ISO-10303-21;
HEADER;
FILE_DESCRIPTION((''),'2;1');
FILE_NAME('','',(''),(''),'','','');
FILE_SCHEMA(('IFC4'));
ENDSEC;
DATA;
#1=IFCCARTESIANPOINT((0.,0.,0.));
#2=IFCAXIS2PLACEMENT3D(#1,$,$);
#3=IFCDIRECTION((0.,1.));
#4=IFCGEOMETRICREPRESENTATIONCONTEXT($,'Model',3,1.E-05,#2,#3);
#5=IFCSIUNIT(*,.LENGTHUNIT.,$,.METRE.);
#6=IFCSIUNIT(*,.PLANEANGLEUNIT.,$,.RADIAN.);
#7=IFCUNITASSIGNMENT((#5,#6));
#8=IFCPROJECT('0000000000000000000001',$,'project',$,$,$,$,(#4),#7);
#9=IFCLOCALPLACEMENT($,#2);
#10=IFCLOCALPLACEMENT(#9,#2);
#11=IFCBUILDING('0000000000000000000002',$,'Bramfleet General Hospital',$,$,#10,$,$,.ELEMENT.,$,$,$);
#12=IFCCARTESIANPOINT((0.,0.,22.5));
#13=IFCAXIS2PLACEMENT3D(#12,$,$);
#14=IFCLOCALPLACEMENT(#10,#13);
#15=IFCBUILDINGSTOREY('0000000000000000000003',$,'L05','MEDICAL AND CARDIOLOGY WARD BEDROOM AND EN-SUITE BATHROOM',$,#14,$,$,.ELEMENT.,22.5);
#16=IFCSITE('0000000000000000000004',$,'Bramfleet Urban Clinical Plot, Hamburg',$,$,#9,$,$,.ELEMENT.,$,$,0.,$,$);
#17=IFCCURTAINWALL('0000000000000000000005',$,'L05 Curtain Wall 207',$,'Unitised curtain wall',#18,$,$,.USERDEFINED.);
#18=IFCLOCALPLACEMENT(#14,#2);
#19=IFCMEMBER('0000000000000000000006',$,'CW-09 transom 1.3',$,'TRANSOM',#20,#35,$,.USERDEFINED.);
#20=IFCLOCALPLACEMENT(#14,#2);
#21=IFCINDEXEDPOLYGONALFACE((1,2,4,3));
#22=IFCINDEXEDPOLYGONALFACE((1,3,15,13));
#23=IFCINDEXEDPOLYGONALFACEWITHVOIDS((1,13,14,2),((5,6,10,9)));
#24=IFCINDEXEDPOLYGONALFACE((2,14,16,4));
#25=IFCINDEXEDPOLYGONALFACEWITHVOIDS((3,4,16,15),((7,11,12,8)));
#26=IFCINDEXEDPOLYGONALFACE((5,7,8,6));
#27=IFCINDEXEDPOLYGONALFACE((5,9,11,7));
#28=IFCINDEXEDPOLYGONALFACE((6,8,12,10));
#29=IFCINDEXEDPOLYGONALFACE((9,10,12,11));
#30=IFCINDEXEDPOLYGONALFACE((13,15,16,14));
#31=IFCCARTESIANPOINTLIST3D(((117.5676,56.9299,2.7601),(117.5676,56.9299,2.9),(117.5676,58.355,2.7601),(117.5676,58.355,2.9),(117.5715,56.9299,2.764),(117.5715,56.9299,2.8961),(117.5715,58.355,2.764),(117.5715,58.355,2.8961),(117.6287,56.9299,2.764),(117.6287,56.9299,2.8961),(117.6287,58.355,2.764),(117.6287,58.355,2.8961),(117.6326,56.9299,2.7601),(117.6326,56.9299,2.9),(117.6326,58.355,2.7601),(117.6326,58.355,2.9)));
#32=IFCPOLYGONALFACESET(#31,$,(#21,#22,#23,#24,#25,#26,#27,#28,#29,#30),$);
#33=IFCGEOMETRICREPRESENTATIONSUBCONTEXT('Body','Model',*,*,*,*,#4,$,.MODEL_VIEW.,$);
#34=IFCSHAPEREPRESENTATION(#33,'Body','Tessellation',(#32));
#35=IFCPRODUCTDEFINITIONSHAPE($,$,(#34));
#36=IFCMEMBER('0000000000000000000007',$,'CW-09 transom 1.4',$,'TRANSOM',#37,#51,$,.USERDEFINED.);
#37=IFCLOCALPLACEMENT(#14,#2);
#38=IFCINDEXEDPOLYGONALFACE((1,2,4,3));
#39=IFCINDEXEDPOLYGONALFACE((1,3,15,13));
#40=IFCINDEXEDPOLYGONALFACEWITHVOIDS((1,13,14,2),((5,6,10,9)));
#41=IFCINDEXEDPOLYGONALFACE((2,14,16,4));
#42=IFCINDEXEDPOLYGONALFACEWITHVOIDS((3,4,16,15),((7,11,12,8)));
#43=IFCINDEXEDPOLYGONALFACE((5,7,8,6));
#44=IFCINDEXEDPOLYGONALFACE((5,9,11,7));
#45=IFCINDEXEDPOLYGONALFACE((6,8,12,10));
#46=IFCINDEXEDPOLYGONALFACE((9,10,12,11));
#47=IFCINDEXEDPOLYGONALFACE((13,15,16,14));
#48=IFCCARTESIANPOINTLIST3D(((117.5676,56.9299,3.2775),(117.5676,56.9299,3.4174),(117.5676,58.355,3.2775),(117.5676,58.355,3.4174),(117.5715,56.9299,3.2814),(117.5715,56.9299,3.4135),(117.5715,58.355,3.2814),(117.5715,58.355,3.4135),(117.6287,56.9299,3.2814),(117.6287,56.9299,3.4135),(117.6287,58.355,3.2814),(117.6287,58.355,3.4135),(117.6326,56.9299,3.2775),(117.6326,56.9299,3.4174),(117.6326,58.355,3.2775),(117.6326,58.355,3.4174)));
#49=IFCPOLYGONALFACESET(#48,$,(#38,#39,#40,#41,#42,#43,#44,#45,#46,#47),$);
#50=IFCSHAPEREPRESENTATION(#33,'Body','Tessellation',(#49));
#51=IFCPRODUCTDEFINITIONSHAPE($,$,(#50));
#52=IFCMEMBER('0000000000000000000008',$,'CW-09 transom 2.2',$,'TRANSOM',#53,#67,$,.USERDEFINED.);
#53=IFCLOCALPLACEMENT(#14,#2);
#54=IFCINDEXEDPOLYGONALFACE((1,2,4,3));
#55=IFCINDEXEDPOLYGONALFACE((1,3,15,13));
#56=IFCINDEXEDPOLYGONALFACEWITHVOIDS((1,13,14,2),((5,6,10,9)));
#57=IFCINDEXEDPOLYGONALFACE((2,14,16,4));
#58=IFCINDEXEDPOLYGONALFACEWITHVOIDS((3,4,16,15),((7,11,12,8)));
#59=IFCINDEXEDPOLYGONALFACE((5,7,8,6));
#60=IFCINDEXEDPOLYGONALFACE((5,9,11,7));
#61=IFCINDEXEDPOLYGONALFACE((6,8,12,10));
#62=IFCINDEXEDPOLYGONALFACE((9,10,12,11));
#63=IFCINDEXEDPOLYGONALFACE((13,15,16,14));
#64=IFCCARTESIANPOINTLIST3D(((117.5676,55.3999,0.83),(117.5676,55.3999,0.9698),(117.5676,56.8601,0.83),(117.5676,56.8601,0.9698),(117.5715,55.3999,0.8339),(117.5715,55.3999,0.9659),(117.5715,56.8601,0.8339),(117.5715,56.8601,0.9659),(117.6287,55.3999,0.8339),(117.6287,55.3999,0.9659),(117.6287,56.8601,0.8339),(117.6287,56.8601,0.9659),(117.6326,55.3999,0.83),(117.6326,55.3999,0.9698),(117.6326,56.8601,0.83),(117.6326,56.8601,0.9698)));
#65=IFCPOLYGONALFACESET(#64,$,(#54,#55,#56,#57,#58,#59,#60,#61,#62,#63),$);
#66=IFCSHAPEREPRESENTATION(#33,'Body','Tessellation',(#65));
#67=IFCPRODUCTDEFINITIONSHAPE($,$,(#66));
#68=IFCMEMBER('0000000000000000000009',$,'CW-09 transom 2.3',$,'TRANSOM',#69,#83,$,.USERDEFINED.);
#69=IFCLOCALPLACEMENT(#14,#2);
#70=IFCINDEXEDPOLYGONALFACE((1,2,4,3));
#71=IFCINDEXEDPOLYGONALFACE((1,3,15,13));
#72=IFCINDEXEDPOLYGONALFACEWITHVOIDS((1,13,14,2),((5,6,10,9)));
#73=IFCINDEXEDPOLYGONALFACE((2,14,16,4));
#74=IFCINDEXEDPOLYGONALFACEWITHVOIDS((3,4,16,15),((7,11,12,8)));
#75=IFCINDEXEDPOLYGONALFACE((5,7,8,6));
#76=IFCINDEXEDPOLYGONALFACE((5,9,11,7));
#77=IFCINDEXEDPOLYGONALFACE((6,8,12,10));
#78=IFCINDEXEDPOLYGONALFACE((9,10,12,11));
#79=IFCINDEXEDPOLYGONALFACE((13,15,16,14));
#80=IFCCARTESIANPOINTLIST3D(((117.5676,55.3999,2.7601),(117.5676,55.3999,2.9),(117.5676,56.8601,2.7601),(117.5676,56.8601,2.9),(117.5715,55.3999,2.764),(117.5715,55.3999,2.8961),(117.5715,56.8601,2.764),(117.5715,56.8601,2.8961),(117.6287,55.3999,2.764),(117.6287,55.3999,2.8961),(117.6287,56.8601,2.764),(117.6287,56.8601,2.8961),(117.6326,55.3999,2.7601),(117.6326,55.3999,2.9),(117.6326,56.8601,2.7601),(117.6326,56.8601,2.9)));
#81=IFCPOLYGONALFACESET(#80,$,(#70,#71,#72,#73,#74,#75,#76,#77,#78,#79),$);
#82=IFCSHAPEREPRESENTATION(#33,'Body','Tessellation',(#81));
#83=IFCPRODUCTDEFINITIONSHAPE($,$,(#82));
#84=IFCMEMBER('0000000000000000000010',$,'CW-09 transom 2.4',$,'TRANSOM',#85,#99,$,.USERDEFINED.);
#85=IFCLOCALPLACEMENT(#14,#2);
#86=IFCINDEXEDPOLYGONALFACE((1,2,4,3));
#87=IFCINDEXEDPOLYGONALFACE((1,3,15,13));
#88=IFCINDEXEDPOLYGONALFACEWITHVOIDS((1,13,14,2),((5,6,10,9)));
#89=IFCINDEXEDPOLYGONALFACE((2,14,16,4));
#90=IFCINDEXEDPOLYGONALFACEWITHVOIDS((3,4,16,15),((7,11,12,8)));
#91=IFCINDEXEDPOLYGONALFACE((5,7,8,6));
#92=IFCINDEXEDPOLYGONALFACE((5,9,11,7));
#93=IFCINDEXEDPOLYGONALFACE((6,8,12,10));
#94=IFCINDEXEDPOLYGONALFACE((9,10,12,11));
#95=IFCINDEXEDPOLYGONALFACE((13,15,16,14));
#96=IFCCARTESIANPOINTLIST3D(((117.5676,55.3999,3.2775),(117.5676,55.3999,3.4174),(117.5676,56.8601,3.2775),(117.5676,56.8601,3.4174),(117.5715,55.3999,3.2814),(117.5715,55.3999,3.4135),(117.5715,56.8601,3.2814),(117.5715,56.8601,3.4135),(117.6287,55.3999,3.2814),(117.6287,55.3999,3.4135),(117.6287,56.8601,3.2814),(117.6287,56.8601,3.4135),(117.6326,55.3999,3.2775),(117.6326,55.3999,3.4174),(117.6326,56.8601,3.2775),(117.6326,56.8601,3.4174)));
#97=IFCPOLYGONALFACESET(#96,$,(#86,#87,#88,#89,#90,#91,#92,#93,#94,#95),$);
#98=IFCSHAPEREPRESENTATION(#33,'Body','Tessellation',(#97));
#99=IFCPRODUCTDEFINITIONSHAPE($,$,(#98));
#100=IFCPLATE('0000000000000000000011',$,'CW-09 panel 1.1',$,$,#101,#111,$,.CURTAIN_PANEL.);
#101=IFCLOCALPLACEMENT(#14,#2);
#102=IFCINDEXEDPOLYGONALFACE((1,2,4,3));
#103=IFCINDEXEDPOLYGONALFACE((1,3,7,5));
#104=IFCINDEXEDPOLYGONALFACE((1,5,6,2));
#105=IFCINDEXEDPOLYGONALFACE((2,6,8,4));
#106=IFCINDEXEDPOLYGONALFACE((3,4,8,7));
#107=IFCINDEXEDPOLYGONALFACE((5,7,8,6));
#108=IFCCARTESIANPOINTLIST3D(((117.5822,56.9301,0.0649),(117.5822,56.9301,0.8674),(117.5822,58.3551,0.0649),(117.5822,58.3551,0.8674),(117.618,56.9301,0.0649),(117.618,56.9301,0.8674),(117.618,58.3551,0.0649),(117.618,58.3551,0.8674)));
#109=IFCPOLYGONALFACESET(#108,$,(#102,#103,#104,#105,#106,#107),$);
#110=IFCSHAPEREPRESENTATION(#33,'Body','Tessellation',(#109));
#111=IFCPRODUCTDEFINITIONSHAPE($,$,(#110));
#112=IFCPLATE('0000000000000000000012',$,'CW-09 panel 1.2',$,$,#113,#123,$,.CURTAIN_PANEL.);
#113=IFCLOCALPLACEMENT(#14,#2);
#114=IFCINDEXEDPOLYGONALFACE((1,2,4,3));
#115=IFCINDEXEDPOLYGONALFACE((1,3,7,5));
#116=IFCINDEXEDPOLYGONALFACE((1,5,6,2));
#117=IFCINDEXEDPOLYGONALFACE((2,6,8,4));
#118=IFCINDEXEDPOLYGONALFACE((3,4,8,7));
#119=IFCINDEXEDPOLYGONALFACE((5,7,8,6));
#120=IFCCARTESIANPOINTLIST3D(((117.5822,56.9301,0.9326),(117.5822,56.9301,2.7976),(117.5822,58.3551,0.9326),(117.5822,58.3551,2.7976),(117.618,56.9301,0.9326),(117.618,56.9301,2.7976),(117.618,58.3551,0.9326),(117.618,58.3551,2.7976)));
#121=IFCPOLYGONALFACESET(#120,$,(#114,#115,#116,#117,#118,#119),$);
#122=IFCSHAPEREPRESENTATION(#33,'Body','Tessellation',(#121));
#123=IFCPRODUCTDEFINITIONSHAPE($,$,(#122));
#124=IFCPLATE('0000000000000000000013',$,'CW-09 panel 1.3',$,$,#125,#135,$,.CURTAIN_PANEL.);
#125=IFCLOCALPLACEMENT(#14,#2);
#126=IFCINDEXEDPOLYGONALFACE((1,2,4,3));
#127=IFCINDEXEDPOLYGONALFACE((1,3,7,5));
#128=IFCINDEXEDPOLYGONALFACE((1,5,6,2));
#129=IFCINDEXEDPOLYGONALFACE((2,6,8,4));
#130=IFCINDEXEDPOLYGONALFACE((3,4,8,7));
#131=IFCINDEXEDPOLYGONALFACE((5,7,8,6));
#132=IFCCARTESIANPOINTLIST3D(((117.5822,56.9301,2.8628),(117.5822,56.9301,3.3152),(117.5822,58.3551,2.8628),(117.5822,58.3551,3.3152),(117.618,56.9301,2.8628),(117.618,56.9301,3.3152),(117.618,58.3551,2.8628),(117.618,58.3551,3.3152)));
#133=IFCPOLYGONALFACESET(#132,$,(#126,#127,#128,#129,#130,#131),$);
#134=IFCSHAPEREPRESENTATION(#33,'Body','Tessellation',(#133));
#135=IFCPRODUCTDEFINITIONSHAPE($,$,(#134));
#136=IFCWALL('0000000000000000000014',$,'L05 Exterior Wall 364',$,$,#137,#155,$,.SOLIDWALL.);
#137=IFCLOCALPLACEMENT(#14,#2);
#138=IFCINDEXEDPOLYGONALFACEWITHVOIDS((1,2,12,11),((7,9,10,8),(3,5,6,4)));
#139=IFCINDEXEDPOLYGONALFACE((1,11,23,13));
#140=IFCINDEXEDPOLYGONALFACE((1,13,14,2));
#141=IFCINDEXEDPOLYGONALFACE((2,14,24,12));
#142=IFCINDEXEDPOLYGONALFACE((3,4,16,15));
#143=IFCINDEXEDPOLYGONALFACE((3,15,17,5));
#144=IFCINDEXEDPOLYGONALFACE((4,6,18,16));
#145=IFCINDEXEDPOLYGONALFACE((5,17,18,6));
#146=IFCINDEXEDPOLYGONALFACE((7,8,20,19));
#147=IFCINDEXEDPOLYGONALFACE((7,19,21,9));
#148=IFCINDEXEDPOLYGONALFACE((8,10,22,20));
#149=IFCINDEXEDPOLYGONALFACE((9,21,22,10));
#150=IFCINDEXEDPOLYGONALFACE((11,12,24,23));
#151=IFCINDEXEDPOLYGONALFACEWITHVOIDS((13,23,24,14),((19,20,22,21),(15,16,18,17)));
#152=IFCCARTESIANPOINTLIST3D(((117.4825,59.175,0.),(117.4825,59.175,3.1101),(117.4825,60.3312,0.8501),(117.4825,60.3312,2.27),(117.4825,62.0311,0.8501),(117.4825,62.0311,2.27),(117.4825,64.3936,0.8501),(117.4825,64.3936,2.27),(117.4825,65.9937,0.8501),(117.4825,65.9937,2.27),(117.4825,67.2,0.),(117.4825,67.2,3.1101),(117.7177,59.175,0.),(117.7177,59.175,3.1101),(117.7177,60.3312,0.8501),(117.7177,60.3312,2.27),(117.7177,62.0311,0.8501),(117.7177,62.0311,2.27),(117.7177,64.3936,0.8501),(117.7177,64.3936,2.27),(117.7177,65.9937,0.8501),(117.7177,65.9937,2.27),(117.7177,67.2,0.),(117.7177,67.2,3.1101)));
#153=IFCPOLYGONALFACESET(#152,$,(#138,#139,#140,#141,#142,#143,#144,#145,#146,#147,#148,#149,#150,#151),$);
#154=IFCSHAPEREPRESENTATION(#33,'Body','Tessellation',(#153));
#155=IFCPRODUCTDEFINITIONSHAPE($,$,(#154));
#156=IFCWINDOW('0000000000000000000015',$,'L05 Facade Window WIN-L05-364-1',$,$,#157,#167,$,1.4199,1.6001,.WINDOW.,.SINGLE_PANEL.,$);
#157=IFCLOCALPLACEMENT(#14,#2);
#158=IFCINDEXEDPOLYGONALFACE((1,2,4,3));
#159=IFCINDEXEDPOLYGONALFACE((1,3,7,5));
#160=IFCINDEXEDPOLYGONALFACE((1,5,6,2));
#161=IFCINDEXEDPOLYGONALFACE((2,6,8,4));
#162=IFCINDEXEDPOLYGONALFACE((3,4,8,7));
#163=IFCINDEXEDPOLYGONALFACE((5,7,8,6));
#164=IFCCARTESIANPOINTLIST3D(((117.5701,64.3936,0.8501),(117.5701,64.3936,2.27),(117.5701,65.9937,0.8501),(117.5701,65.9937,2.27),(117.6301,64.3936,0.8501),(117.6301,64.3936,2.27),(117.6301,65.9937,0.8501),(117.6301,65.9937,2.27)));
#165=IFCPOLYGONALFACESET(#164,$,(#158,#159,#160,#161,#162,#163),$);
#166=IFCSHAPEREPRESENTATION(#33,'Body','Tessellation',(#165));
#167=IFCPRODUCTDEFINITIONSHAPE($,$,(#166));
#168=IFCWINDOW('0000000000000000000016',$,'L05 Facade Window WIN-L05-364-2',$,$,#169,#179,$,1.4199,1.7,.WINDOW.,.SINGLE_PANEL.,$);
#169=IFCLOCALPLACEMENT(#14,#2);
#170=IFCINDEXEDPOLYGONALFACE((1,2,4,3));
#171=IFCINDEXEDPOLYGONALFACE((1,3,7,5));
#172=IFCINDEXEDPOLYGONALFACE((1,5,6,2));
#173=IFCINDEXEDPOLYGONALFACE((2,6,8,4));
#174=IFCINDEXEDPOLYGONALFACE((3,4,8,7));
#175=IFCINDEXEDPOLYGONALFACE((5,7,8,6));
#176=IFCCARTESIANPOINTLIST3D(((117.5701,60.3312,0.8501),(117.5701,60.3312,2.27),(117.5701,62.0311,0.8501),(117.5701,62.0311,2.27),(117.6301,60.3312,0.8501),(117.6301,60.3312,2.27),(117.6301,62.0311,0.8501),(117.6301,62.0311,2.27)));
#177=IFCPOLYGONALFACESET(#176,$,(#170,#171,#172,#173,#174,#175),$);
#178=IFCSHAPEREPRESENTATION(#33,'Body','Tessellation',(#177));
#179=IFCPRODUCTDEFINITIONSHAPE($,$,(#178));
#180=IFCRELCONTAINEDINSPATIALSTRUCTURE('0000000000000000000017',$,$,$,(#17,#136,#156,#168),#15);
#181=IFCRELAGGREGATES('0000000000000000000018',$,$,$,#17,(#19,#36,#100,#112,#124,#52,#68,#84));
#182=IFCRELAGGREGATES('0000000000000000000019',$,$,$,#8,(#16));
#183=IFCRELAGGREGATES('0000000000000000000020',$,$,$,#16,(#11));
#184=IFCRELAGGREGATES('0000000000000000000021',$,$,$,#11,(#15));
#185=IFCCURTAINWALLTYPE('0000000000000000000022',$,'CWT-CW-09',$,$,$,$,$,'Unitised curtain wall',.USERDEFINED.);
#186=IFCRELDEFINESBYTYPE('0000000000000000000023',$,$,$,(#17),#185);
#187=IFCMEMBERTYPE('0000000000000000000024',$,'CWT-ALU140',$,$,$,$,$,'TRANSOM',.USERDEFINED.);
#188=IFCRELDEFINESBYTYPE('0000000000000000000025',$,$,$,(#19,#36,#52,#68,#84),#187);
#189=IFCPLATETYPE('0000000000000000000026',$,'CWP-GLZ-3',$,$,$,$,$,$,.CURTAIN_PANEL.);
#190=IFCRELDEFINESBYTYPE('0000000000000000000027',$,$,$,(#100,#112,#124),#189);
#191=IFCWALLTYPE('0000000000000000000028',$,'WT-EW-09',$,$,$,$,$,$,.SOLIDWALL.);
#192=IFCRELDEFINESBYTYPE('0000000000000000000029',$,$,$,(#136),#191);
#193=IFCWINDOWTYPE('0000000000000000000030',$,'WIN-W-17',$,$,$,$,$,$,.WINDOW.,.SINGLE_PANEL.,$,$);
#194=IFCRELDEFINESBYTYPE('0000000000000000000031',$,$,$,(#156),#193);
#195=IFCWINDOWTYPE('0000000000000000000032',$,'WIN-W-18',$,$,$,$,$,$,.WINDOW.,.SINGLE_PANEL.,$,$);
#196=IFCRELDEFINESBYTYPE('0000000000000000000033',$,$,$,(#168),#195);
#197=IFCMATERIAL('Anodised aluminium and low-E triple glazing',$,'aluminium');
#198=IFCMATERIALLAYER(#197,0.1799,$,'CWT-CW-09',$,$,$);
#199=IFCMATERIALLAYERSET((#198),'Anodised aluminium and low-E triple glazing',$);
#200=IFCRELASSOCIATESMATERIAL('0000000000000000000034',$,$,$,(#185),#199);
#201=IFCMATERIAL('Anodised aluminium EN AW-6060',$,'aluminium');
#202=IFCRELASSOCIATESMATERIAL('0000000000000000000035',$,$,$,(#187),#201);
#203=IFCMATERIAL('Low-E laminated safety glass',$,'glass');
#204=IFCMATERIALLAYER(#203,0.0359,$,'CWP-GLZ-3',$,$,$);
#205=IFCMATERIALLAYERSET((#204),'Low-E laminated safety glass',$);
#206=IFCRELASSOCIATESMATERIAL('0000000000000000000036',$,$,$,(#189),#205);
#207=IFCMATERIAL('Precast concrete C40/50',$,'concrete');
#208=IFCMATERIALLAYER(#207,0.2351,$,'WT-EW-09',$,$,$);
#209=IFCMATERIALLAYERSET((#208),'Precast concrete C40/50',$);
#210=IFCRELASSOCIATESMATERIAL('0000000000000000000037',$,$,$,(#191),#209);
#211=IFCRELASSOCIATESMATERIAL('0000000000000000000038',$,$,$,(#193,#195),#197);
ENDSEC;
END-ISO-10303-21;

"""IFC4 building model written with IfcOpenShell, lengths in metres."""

from ifc_helpers import new_model, si_unit, direction, frame, frame_2d, origin, origin_2d, place, context, subcontext, project, spatial, rectangle, hollow_rectangle, extrude, material, layer, layer_set, material_profile, profile_set, type_object, element, fill, aggregate, save


model = new_model("IFC4")

# Units and contexts
model_context = context("Model", 3, precision=1e-05, world=origin(), true_north=direction((0.0, 1.0)))
body_context = subcontext(model_context, "Body", "Model", "MODEL_VIEW")
ifc_project = project(units=[si_unit("LENGTHUNIT", "METRE"), si_unit("PLANEANGLEUNIT", "RADIAN")], contexts=[model_context])

# Site, building, storey
site_placement = place(None, origin())
site = spatial("IfcSite", under=ifc_project, at=site_placement, Name="Bramfleet Urban Clinical Plot, Hamburg", CompositionType="ELEMENT", RefElevation=0.0)
building_placement = place(site_placement, origin())
building = spatial("IfcBuilding", under=site, at=building_placement, Name="Bramfleet General Hospital", CompositionType="ELEMENT")
storey_placement = place(building_placement, frame((0.0, 0.0, 22.5)))
storey = spatial("IfcBuildingStorey", under=building, at=storey_placement, Name="L05", Description="MEDICAL AND CARDIOLOGY WARD BEDROOM AND EN-SUITE BATHROOM", CompositionType="ELEMENT", Elevation=22.5)

# Curtain wall, members, plates
ifc_material_1 = material(Name="Anodised aluminium and low-E triple glazing", Category="aluminium")
ifc_layer_1 = layer(ifc_material_1, 0.1799, Name="CWT-CW-09")
ifc_layer_set_1 = layer_set([ifc_layer_1], Name="Anodised aluminium and low-E triple glazing")
curtain_wall_type = type_object("IfcCurtainWallType", Name="CWT-CW-09", ElementType="Unitised curtain wall", PredefinedType="USERDEFINED", material=ifc_layer_set_1)
curtain_wall_placement = place(storey_placement, origin())
curtain_wall = element("IfcCurtainWall", 1, at=curtain_wall_placement, inside=storey, type_object=curtain_wall_type, Name="L05 Curtain Wall 207", ObjectType="Unitised curtain wall", PredefinedType="USERDEFINED")
ifc_material_2 = material(Name="Anodised aluminium EN AW-6060", Category="aluminium")
ifc_material_profile_1 = material_profile(ifc_material_2, hollow_rectangle(XDim=0.0649, YDim=0.1399, WallThickness=0.0039, at=origin_2d()), Name="ALU 140x65x4.0")
ifc_profile_set_1 = profile_set([ifc_material_profile_1], Name="Anodised aluminium EN AW-6060")
member_type_1 = type_object("IfcMemberType", Name="CWT-ALU140", ElementType="TRANSOM", PredefinedType="USERDEFINED", material=ifc_profile_set_1)
member_1_placement = place(storey_placement, frame((117.6001, 58.355, 2.8301), z_axis=(0.0, -1.0, 0.0), x_axis=(1.0, 0.0, 0.0)))
member_1 = element("IfcMember", 2, at=member_1_placement, type_object=member_type_1, Name="CW-09 transom 1.3", ObjectType="TRANSOM", PredefinedType="USERDEFINED", context=body_context, shape_type="SweptSolid", body=[
    extrude(hollow_rectangle(XDim=0.0649, YDim=0.1399, WallThickness=0.0039, at=origin_2d()), origin(), (0.0, 0.0, 1.0), 1.425),
])
member_2_placement = place(storey_placement, frame((117.6001, 58.355, 3.3474), z_axis=(0.0, -1.0, 0.0), x_axis=(1.0, 0.0, 0.0)))
member_2 = element("IfcMember", 3, at=member_2_placement, type_object=member_type_1, Name="CW-09 transom 1.4", ObjectType="TRANSOM", PredefinedType="USERDEFINED", context=body_context, shape_type="SweptSolid", body=[
    extrude(hollow_rectangle(XDim=0.0649, YDim=0.1399, WallThickness=0.0039, at=origin_2d()), origin(), (0.0, 0.0, 1.0), 1.425),
])
member_3_placement = place(storey_placement, frame((117.6001, 56.8601, 0.8999), z_axis=(0.0, -1.0, 0.0), x_axis=(1.0, 0.0, 0.0)))
member_3 = element("IfcMember", 4, at=member_3_placement, type_object=member_type_1, Name="CW-09 transom 2.2", ObjectType="TRANSOM", PredefinedType="USERDEFINED", context=body_context, shape_type="SweptSolid", body=[
    extrude(hollow_rectangle(XDim=0.0649, YDim=0.1399, WallThickness=0.0039, at=origin_2d()), origin(), (0.0, 0.0, 1.0), 1.4602),
])
member_4_placement = place(storey_placement, frame((117.6001, 56.8601, 2.8301), z_axis=(0.0, -1.0, 0.0), x_axis=(1.0, 0.0, 0.0)))
member_4 = element("IfcMember", 5, at=member_4_placement, type_object=member_type_1, Name="CW-09 transom 2.3", ObjectType="TRANSOM", PredefinedType="USERDEFINED", context=body_context, shape_type="SweptSolid", body=[
    extrude(hollow_rectangle(XDim=0.0649, YDim=0.1399, WallThickness=0.0039, at=origin_2d()), origin(), (0.0, 0.0, 1.0), 1.4602),
])
member_5_placement = place(storey_placement, frame((117.6001, 56.8601, 3.3474), z_axis=(0.0, -1.0, 0.0), x_axis=(1.0, 0.0, 0.0)))
member_5 = element("IfcMember", 6, at=member_5_placement, type_object=member_type_1, Name="CW-09 transom 2.4", ObjectType="TRANSOM", PredefinedType="USERDEFINED", context=body_context, shape_type="SweptSolid", body=[
    extrude(hollow_rectangle(XDim=0.0649, YDim=0.1399, WallThickness=0.0039, at=origin_2d()), origin(), (0.0, 0.0, 1.0), 1.4602),
])
ifc_material_3 = material(Name="Low-E laminated safety glass", Category="glass")
ifc_layer_2 = layer(ifc_material_3, 0.0359, Name="CWP-GLZ-3")
ifc_layer_set_2 = layer_set([ifc_layer_2], Name="Low-E laminated safety glass")
plate_type = type_object("IfcPlateType", Name="CWP-GLZ-3", PredefinedType="CURTAIN_PANEL", material=ifc_layer_set_2)
plate_1_placement = place(storey_placement, frame((117.6001, 57.6426, 0.0649), z_axis=(0.0, 0.0, 1.0), x_axis=(0.0, -1.0, 0.0)))
plate_1 = element("IfcPlate", 7, at=plate_1_placement, type_object=plate_type, Name="CW-09 panel 1.1", PredefinedType="CURTAIN_PANEL", context=body_context, shape_type="SweptSolid", body=[
    extrude(rectangle(XDim=1.425, YDim=0.0359, at=origin_2d()), origin(), (0.0, 0.0, 1.0), 0.8025),
])
plate_2_placement = place(storey_placement, frame((117.6001, 57.6426, 0.9326), z_axis=(0.0, 0.0, 1.0), x_axis=(0.0, -1.0, 0.0)))
plate_2 = element("IfcPlate", 8, at=plate_2_placement, type_object=plate_type, Name="CW-09 panel 1.2", PredefinedType="CURTAIN_PANEL", context=body_context, shape_type="SweptSolid", body=[
    extrude(rectangle(XDim=1.425, YDim=0.0359, at=origin_2d()), origin(), (0.0, 0.0, 1.0), 1.865),
])
plate_3_placement = place(storey_placement, frame((117.6001, 57.6426, 2.8628), z_axis=(0.0, 0.0, 1.0), x_axis=(0.0, -1.0, 0.0)))
plate_3 = element("IfcPlate", 9, at=plate_3_placement, type_object=plate_type, Name="CW-09 panel 1.3", PredefinedType="CURTAIN_PANEL", context=body_context, shape_type="SweptSolid", body=[
    extrude(rectangle(XDim=1.425, YDim=0.0359, at=origin_2d()), origin(), (0.0, 0.0, 1.0), 0.4524),
])
aggregate(curtain_wall, [member_1, member_2, plate_1, plate_2, plate_3, member_3, member_4, member_5])

# Wall, openings, windows
ifc_material_4 = material(Name="Precast concrete C40/50", Category="concrete")
ifc_layer_3 = layer(ifc_material_4, 0.2351, Name="WT-EW-09")
ifc_layer_set_3 = layer_set([ifc_layer_3], Name="Precast concrete C40/50")
wall_type_1 = type_object("IfcWallType", Name="WT-EW-09", PredefinedType="SOLIDWALL", material=ifc_layer_set_3)
wall_1_placement = place(storey_placement, frame((117.6001, 67.2, 0.0), z_axis=(0.0, 0.0, 1.0), x_axis=(0.0, -1.0, 0.0)))
wall_1 = element("IfcWall", 10, at=wall_1_placement, inside=storey, type_object=wall_type_1, Name="L05 Exterior Wall 364", PredefinedType="SOLIDWALL", context=body_context, shape_type="SweptSolid", body=[
    extrude(rectangle(XDim=8.0249, YDim=0.2351, at=frame_2d((4.0125, 0.0))), origin(), (0.0, 0.0, 1.0), 3.1101),
])
opening_1_placement = place(wall_1_placement, frame((1.2063, 0.0, 0.8501)))
opening_1 = element("IfcOpeningElement", 11, at=opening_1_placement, cuts=wall_1, PredefinedType="OPENING", context=body_context, shape_type="SweptSolid", body=[
    extrude(rectangle(XDim=1.6001, YDim=1.4199, at=frame_2d((0.8, 0.71))), frame((0.0, 0.1274, 0.0), z_axis=(0.0, -1.0, 0.0), x_axis=(1.0, 0.0, 0.0)), (0.0, 0.0, 1.0), 0.2551),
])
opening_2_placement = place(wall_1_placement, frame((5.1687, 0.0, 0.8501)))
opening_2 = element("IfcOpeningElement", 12, at=opening_2_placement, cuts=wall_1, PredefinedType="OPENING", context=body_context, shape_type="SweptSolid", body=[
    extrude(rectangle(XDim=1.7, YDim=1.4199, at=frame_2d((0.8501, 0.71))), frame((0.0, 0.1274, 0.0), z_axis=(0.0, -1.0, 0.0), x_axis=(1.0, 0.0, 0.0)), (0.0, 0.0, 1.0), 0.2551),
])
window_type_1 = type_object("IfcWindowType", Name="WIN-W-17", PartitioningType="SINGLE_PANEL", PredefinedType="WINDOW", material=ifc_material_1)
window_1_placement = place(opening_1_placement, origin())
window_1 = element("IfcWindow", 13, at=window_1_placement, inside=storey, type_object=window_type_1, Name="L05 Facade Window WIN-L05-364-1", OverallHeight=1.4199, OverallWidth=1.6001, PartitioningType="SINGLE_PANEL", PredefinedType="WINDOW", context=body_context, shape_type="SweptSolid", body=[
    extrude(rectangle(XDim=1.6001, YDim=1.4199, at=frame_2d((0.8, 0.71))), frame((0.0, 0.03, 0.0), z_axis=(0.0, -1.0, 0.0), x_axis=(1.0, 0.0, 0.0)), (0.0, 0.0, 1.0), 0.0601),
])
fill(opening_1, window_1)
window_type_2 = type_object("IfcWindowType", Name="WIN-W-18", PartitioningType="SINGLE_PANEL", PredefinedType="WINDOW", material=ifc_material_1)
window_2_placement = place(opening_2_placement, origin())
window_2 = element("IfcWindow", 14, at=window_2_placement, inside=storey, type_object=window_type_2, Name="L05 Facade Window WIN-L05-364-2", OverallHeight=1.4199, OverallWidth=1.7, PartitioningType="SINGLE_PANEL", PredefinedType="WINDOW", context=body_context, shape_type="SweptSolid", body=[
    extrude(rectangle(XDim=1.7, YDim=1.4199, at=frame_2d((0.8501, 0.71))), frame((0.0, 0.03, 0.0), z_axis=(0.0, -1.0, 0.0), x_axis=(1.0, 0.0, 0.0)), (0.0, 0.0, 1.0), 0.0601),
])
fill(opening_2, window_2)

save(model, "model.ifc")
